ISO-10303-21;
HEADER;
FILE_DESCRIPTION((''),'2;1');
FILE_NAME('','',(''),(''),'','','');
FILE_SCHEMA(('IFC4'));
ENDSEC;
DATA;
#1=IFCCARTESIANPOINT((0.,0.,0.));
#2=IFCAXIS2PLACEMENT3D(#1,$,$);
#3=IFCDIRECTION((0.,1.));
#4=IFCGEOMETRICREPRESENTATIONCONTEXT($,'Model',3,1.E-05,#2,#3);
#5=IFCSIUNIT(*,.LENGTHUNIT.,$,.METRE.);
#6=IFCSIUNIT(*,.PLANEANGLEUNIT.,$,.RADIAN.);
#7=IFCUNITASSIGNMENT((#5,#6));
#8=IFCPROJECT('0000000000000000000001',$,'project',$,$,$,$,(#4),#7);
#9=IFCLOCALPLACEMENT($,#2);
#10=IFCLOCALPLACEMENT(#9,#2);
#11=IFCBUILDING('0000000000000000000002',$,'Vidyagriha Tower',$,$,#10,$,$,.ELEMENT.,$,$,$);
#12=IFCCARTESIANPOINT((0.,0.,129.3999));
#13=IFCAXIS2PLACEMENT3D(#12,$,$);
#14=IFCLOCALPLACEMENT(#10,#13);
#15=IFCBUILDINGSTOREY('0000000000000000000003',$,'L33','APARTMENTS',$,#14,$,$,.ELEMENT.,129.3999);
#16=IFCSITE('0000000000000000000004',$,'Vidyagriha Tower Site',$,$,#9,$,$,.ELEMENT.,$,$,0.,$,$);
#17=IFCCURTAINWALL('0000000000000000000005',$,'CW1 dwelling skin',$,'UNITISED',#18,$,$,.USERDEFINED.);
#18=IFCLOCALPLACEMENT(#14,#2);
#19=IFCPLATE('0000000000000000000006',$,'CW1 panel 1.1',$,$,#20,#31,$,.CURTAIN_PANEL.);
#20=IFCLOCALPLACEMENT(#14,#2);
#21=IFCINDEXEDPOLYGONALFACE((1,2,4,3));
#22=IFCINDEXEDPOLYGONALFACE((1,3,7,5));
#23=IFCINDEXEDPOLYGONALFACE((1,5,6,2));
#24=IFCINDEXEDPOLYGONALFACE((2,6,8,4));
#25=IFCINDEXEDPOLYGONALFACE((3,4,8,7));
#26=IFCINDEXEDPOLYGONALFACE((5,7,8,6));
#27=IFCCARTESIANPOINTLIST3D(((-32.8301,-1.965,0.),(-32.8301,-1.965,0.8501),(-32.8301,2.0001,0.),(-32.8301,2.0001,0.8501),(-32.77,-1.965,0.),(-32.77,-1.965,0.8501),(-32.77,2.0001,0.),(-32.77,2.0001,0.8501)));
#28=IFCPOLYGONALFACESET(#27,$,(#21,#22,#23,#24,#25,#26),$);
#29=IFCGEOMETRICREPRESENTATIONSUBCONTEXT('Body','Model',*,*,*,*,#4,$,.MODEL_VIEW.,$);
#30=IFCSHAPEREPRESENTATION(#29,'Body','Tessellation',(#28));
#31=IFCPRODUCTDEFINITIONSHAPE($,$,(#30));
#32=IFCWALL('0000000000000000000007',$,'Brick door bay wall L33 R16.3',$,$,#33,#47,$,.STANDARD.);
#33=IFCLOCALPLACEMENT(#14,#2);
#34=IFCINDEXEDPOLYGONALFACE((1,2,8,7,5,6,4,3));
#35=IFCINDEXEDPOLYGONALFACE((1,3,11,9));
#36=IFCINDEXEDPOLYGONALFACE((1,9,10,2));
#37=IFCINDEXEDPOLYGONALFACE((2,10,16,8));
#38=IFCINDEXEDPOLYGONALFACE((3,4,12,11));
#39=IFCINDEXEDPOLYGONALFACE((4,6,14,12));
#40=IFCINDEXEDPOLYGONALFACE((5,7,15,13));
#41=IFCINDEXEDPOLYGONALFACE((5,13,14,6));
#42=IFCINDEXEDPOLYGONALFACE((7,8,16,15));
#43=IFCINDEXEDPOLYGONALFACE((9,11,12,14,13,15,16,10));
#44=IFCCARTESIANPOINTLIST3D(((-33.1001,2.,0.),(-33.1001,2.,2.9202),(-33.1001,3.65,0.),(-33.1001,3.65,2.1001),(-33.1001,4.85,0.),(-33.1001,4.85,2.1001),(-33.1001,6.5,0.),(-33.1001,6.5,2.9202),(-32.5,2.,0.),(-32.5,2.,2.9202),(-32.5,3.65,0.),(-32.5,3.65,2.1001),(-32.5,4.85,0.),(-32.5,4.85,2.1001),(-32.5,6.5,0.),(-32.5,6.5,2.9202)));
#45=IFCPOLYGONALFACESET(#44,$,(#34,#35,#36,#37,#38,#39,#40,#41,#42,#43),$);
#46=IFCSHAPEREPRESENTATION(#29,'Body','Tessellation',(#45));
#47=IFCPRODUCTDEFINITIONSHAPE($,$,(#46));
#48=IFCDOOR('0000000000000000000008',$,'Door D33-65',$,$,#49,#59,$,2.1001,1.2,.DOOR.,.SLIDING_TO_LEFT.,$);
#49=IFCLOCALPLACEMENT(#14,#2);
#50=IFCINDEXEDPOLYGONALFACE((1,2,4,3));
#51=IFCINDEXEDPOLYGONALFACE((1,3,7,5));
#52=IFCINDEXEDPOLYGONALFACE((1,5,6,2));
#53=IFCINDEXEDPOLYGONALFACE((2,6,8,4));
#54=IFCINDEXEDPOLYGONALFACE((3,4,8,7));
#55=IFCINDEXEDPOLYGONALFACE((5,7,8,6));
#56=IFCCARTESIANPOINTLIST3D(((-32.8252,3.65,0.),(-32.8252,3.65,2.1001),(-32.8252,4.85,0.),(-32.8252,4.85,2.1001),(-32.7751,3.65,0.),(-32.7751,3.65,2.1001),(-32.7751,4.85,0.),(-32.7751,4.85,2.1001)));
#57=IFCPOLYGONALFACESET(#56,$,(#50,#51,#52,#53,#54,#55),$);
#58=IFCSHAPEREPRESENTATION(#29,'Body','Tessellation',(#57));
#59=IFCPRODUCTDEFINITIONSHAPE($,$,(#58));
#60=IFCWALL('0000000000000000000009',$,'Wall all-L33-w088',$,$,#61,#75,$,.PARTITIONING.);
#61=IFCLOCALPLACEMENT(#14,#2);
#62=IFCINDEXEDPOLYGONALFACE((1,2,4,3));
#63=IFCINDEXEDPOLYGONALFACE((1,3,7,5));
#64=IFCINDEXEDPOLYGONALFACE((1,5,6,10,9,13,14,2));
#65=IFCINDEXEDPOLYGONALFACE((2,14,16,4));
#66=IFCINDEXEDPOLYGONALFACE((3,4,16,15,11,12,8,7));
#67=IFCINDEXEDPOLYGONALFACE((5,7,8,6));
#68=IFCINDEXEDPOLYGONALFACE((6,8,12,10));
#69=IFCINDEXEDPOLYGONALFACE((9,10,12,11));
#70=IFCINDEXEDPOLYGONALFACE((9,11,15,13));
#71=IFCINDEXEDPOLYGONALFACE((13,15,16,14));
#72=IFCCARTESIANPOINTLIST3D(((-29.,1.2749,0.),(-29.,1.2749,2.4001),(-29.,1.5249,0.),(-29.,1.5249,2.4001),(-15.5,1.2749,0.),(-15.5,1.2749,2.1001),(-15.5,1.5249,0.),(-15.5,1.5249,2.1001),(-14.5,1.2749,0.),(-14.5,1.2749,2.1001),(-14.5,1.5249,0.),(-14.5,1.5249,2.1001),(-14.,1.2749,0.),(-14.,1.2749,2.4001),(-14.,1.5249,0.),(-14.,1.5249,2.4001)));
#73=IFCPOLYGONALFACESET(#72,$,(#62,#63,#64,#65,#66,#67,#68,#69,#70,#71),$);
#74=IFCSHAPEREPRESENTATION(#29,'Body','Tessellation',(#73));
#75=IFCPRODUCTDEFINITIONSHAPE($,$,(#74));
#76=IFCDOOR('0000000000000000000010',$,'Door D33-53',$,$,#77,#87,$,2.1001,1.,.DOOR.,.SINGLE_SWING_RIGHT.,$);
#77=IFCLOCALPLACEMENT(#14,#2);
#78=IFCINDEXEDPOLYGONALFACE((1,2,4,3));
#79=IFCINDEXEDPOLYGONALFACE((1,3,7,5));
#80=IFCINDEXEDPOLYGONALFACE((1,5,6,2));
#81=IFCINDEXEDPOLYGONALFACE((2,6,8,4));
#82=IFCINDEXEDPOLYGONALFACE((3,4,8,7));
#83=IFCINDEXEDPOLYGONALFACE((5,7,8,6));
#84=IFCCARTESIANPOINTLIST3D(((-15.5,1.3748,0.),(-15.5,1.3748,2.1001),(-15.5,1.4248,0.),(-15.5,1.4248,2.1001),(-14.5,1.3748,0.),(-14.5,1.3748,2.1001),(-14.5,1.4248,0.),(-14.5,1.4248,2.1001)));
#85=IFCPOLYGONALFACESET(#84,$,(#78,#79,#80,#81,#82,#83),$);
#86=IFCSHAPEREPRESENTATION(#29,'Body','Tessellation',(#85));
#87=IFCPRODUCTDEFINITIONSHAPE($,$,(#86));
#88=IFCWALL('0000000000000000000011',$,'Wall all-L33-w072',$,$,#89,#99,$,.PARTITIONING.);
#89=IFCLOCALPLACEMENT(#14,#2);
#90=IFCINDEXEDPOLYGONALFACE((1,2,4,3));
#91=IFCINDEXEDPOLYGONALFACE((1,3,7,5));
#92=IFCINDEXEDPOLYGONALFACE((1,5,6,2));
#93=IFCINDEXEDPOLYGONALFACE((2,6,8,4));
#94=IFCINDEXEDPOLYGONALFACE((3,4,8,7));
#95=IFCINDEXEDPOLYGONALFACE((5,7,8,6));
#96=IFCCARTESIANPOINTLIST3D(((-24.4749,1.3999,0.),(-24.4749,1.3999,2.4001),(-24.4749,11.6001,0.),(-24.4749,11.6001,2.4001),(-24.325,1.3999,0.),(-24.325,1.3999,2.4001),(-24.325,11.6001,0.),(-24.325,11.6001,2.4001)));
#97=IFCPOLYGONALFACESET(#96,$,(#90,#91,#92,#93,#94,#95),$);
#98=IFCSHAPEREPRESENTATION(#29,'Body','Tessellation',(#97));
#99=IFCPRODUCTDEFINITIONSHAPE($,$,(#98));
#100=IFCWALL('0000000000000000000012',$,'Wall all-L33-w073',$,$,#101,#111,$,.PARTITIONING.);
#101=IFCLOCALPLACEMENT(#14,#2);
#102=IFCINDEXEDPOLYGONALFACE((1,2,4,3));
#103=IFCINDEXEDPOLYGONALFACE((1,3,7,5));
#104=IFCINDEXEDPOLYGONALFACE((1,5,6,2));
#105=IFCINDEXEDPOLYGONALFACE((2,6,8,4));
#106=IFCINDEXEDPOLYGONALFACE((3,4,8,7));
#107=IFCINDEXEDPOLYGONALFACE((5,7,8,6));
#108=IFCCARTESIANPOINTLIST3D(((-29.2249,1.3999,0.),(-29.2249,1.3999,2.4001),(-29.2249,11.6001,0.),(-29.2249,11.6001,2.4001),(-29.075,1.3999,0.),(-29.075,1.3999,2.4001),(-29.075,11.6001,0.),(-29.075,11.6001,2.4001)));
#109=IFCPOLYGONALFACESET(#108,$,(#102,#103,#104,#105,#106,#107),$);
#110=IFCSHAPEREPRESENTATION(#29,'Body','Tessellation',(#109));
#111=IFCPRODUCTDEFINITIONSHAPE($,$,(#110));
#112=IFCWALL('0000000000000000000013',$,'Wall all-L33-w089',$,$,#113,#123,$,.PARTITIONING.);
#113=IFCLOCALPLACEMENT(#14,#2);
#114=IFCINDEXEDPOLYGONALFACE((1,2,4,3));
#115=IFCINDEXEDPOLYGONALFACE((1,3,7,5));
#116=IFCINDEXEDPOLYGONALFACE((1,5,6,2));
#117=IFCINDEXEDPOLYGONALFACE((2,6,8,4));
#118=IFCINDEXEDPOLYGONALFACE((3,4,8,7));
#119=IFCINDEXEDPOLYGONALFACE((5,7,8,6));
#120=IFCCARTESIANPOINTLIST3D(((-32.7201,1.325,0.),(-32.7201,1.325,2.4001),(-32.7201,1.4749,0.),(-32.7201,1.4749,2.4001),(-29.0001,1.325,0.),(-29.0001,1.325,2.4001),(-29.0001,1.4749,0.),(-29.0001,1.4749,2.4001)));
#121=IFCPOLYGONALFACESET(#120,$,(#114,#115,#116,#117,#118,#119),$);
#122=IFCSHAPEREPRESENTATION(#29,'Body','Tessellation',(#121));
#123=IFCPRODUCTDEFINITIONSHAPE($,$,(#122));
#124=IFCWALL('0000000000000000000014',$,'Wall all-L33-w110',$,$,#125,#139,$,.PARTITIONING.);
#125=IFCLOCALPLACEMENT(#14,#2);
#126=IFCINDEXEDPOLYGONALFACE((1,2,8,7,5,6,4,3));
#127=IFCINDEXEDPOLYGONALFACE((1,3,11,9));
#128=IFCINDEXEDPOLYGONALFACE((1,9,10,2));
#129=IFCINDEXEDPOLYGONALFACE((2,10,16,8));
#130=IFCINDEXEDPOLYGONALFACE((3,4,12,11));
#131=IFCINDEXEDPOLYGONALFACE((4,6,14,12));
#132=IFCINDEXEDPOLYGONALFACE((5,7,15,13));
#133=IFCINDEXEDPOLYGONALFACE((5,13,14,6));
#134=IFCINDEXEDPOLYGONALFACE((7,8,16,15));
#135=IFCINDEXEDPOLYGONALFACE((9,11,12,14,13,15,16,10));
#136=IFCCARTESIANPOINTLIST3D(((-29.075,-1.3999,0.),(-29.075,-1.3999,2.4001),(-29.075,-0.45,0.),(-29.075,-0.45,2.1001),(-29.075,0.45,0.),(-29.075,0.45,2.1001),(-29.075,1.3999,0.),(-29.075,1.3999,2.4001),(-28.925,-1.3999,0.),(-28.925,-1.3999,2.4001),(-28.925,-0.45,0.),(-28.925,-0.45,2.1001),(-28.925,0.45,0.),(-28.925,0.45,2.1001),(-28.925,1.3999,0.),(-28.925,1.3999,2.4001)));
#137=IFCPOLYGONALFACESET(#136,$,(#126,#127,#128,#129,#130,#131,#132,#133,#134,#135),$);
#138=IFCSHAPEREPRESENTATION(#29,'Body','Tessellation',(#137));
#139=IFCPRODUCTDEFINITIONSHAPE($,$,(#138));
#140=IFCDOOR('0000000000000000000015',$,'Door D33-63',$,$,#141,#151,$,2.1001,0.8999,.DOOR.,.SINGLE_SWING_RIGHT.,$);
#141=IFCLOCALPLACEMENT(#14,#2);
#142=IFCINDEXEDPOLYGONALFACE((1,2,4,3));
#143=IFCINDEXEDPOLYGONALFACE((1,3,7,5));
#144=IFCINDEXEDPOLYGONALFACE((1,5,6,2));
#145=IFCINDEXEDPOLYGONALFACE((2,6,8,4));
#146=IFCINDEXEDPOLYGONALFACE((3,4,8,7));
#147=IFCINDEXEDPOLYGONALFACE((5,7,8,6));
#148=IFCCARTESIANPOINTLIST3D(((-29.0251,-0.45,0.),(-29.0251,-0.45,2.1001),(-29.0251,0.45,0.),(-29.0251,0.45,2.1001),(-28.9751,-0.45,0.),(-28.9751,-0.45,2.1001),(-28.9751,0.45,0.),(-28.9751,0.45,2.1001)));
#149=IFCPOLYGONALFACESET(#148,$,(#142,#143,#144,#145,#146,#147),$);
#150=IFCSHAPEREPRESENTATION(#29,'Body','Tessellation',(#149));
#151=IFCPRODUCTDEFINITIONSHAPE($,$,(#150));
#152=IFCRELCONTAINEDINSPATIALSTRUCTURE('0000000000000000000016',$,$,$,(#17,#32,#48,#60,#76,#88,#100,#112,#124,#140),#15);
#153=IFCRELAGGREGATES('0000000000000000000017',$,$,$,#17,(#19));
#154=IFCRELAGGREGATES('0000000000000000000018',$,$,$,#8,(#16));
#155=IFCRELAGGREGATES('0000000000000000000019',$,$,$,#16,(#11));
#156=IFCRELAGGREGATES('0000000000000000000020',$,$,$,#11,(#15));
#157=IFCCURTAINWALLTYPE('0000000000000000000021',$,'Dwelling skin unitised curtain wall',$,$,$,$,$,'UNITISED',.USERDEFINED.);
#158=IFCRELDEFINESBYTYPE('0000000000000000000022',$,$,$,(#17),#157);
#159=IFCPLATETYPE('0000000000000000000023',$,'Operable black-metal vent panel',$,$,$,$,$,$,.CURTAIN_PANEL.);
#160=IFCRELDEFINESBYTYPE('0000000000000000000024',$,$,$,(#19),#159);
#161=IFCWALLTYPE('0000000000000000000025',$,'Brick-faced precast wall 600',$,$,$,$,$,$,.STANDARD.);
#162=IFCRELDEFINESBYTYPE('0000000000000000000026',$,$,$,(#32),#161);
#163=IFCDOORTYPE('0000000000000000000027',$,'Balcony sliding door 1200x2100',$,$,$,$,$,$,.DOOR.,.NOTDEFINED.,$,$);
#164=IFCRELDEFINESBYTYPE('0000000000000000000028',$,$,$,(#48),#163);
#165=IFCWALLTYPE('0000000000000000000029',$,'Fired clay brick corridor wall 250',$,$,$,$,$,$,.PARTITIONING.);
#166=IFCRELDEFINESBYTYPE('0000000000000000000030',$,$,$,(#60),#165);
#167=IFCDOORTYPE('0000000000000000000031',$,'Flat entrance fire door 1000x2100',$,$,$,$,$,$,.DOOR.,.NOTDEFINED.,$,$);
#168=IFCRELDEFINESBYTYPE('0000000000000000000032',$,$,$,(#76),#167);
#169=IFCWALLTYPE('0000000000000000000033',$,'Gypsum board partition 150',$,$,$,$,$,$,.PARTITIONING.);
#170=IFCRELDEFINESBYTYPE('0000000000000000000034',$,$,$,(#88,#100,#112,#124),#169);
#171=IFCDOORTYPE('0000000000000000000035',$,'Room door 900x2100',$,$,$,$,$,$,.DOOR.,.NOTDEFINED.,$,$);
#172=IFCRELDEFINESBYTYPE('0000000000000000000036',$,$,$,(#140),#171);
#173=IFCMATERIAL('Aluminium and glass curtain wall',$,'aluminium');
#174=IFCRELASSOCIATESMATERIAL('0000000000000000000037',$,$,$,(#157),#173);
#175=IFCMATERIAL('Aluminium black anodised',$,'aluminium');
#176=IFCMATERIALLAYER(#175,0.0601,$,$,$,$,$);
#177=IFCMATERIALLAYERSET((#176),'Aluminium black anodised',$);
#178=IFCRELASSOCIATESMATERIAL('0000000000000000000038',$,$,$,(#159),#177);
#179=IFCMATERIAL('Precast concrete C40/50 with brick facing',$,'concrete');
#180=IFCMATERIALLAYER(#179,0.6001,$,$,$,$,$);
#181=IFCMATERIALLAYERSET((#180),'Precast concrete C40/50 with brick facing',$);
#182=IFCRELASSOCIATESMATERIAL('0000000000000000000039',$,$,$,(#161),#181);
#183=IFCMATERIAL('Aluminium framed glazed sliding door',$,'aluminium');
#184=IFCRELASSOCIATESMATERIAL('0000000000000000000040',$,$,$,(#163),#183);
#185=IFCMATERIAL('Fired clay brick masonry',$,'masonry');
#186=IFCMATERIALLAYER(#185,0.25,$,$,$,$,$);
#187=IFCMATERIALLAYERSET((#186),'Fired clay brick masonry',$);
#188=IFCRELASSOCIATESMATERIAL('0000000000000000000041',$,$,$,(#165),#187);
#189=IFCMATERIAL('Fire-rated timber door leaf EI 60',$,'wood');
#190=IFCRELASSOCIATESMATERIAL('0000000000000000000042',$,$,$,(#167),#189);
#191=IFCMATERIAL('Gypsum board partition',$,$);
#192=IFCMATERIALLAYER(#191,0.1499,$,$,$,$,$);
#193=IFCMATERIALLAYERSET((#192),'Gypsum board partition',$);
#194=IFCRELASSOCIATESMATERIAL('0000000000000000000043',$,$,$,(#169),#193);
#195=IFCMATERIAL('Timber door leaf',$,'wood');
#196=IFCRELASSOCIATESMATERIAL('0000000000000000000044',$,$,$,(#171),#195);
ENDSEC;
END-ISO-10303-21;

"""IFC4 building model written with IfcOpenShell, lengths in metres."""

from ifc_helpers import new_model, si_unit, direction, frame, frame_2d, origin, origin_2d, place, context, subcontext, project, spatial, rectangle, extrude, material, layer, layer_set, type_object, element, fill, aggregate, save


model = new_model("IFC4")

# Units and contexts
model_context = context("Model", 3, precision=1e-05, world=origin(), true_north=direction((0.0, 1.0)))
body_context = subcontext(model_context, "Body", "Model", "MODEL_VIEW")
ifc_project = project(units=[si_unit("LENGTHUNIT", "METRE"), si_unit("PLANEANGLEUNIT", "RADIAN")], contexts=[model_context])

# Site, building, storey
site_placement = place(None, origin())
site = spatial("IfcSite", under=ifc_project, at=site_placement, Name="Vidyagriha Tower Site", CompositionType="ELEMENT", RefElevation=0.0)
building_placement = place(site_placement, origin())
building = spatial("IfcBuilding", under=site, at=building_placement, Name="Vidyagriha Tower", CompositionType="ELEMENT")
storey_placement = place(building_placement, frame((0.0, 0.0, 129.3999)))
storey = spatial("IfcBuildingStorey", under=building, at=storey_placement, Name="L33", Description="APARTMENTS", CompositionType="ELEMENT", Elevation=129.3999)

# Shared definitions
ifc_material_1 = material(Name="Aluminium and glass curtain wall", Category="aluminium")
curtain_wall_type = type_object("IfcCurtainWallType", Name="Dwelling skin unitised curtain wall", ElementType="UNITISED", PredefinedType="USERDEFINED", material=ifc_material_1)

# Curtain wall
curtain_wall_1_placement = place(storey_placement, origin())
curtain_wall_1 = element("IfcCurtainWall", 1, at=curtain_wall_1_placement, inside=storey, type_object=curtain_wall_type, Name="CW1 dwelling skin", ObjectType="UNITISED", PredefinedType="USERDEFINED")

# Plate
ifc_material_2 = material(Name="Aluminium black anodised", Category="aluminium")
ifc_layer_1 = layer(ifc_material_2, 0.0601)
ifc_layer_set_1 = layer_set([ifc_layer_1], Name="Aluminium black anodised")
plate_type_1 = type_object("IfcPlateType", Name="Operable black-metal vent panel", PredefinedType="CURTAIN_PANEL", material=ifc_layer_set_1)
plate_1_placement = place(storey_placement, frame((-32.8, 0.0176, 0.0), z_axis=(0.0, 0.0, 1.0), x_axis=(0.0, -1.0, 0.0)))
plate_1 = element("IfcPlate", 2, at=plate_1_placement, type_object=plate_type_1, Name="CW1 panel 1.1", PredefinedType="CURTAIN_PANEL", context=body_context, shape_type="SweptSolid", body=[
    extrude(rectangle(XDim=3.9651, YDim=0.0601, at=origin_2d()), origin(), (0.0, 0.0, 1.0), 0.8501),
])
aggregate(curtain_wall_1, [plate_1])

# Walls, openings, doors
ifc_material_3 = material(Name="Precast concrete C40/50 with brick facing", Category="concrete")
ifc_layer_2 = layer(ifc_material_3, 0.6001)
ifc_layer_set_2 = layer_set([ifc_layer_2], Name="Precast concrete C40/50 with brick facing")
wall_type_1 = type_object("IfcWallType", Name="Brick-faced precast wall 600", PredefinedType="STANDARD", material=ifc_layer_set_2)
wall_1_placement = place(storey_placement, frame((-32.8, 6.5, 0.0), z_axis=(0.0, 0.0, 1.0), x_axis=(0.0, -1.0, 0.0)))
wall_1 = element("IfcWall", 3, at=wall_1_placement, inside=storey, type_object=wall_type_1, Name="Brick door bay wall L33 R16.3", PredefinedType="STANDARD", context=body_context, shape_type="SweptSolid", body=[
    extrude(rectangle(XDim=4.5, YDim=0.6001, at=frame_2d((2.25, 0.0))), origin(), (0.0, 0.0, 1.0), 2.9202),
])
opening_1_placement = place(wall_1_placement, frame((1.6499, 0.0, 0.0)))
opening_1 = element("IfcOpeningElement", 4, at=opening_1_placement, cuts=wall_1, PredefinedType="OPENING", context=body_context, shape_type="SweptSolid", body=[
    extrude(rectangle(XDim=1.2, YDim=2.1001, at=frame_2d((0.6001, 1.05))), frame((0.0, 0.3101, 0.0), z_axis=(0.0, -1.0, 0.0), x_axis=(1.0, 0.0, 0.0)), (0.0, 0.0, 1.0), 0.6201),
])
ifc_material_4 = material(Name="Aluminium framed glazed sliding door", Category="aluminium")
door_type_1 = type_object("IfcDoorType", Name="Balcony sliding door 1200x2100", OperationType="NOTDEFINED", PredefinedType="DOOR", material=ifc_material_4)
door_1_placement = place(opening_1_placement, origin())
door_1 = element("IfcDoor", 5, at=door_1_placement, inside=storey, type_object=door_type_1, Name="Door D33-65", OperationType="SLIDING_TO_LEFT", OverallHeight=2.1001, OverallWidth=1.2, PredefinedType="DOOR", context=body_context, shape_type="SweptSolid", body=[
    extrude(rectangle(XDim=1.2, YDim=2.1001, at=frame_2d((0.6001, 1.05))), frame((0.0, 0.0249, 0.0), z_axis=(0.0, -1.0, 0.0), x_axis=(1.0, 0.0, 0.0)), (0.0, 0.0, 1.0), 0.05),
])
fill(opening_1, door_1)
ifc_material_5 = material(Name="Fired clay brick masonry", Category="masonry")
ifc_layer_3 = layer(ifc_material_5, 0.25)
ifc_layer_set_3 = layer_set([ifc_layer_3], Name="Fired clay brick masonry")
wall_type_2 = type_object("IfcWallType", Name="Fired clay brick corridor wall 250", PredefinedType="PARTITIONING", material=ifc_layer_set_3)
wall_2_placement = place(storey_placement, frame((-29.0, 1.3999, 0.0)))
wall_2 = element("IfcWall", 6, at=wall_2_placement, inside=storey, type_object=wall_type_2, Name="Wall all-L33-w088", PredefinedType="PARTITIONING", context=body_context, shape_type="SweptSolid", body=[
    extrude(rectangle(XDim=15.0, YDim=0.25, at=frame_2d((7.5, 0.0))), origin(), (0.0, 0.0, 1.0), 2.4001),
])
opening_2_placement = place(wall_2_placement, frame((13.5, 0.0, 0.0)))
opening_2 = element("IfcOpeningElement", 7, at=opening_2_placement, cuts=wall_2, PredefinedType="OPENING", context=body_context, shape_type="SweptSolid", body=[
    extrude(rectangle(XDim=1.0, YDim=2.1001, at=frame_2d((0.5, 1.05))), frame((0.0, 0.135, 0.0), z_axis=(0.0, -1.0, 0.0), x_axis=(1.0, 0.0, 0.0)), (0.0, 0.0, 1.0), 0.27),
])
ifc_material_6 = material(Name="Fire-rated timber door leaf EI 60", Category="wood")
door_type_2 = type_object("IfcDoorType", Name="Flat entrance fire door 1000x2100", OperationType="NOTDEFINED", PredefinedType="DOOR", material=ifc_material_6)
door_2_placement = place(opening_2_placement, origin())
door_2 = element("IfcDoor", 8, at=door_2_placement, inside=storey, type_object=door_type_2, Name="Door D33-53", OperationType="SINGLE_SWING_RIGHT", OverallHeight=2.1001, OverallWidth=1.0, PredefinedType="DOOR", context=body_context, shape_type="SweptSolid", body=[
    extrude(rectangle(XDim=1.0, YDim=2.1001, at=frame_2d((0.5, 1.05))), frame((0.0, 0.0249, 0.0), z_axis=(0.0, -1.0, 0.0), x_axis=(1.0, 0.0, 0.0)), (0.0, 0.0, 1.0), 0.05),
])
fill(opening_2, door_2)

# Walls
ifc_material_7 = material(Name="Gypsum board partition")
ifc_layer_4 = layer(ifc_material_7, 0.1499)
ifc_layer_set_4 = layer_set([ifc_layer_4], Name="Gypsum board partition")
wall_type_3 = type_object("IfcWallType", Name="Gypsum board partition 150", PredefinedType="PARTITIONING", material=ifc_layer_set_4)
for number, where, z_axis, x_axis, name in (
    (9, (-24.3999, 1.3999, 0.0), (0.0, 0.0, 1.0), (0.0, 1.0, 0.0), "Wall all-L33-w072"),
    (10, (-29.1499, 1.3999, 0.0), (0.0, 0.0, 1.0), (0.0, 1.0, 0.0), "Wall all-L33-w073"),
):
    element("IfcWall", number, at=place(storey_placement, frame(where, z_axis=z_axis, x_axis=x_axis)), inside=storey, type_object=wall_type_3, Name=name, PredefinedType="PARTITIONING", context=body_context, shape_type="SweptSolid", body=[
        extrude(rectangle(XDim=10.2002, YDim=0.1499, at=frame_2d((5.1001, 0.0))), origin(), (0.0, 0.0, 1.0), 2.4001),
    ])
wall_3_placement = place(storey_placement, frame((-32.72, 1.3999, 0.0)))
element("IfcWall", 11, at=wall_3_placement, inside=storey, type_object=wall_type_3, Name="Wall all-L33-w089", PredefinedType="PARTITIONING", context=body_context, shape_type="SweptSolid", body=[
    extrude(rectangle(XDim=3.72, YDim=0.1499, at=frame_2d((1.8599, 0.0))), origin(), (0.0, 0.0, 1.0), 2.4001),
])

# Wall, opening, door
wall_4_placement = place(storey_placement, frame((-29.0, 1.3999, 0.0), z_axis=(0.0, 0.0, 1.0), x_axis=(0.0, -1.0, 0.0)))
wall_4 = element("IfcWall", 12, at=wall_4_placement, inside=storey, type_object=wall_type_3, Name="Wall all-L33-w110", PredefinedType="PARTITIONING", context=body_context, shape_type="SweptSolid", body=[
    extrude(rectangle(XDim=2.7998, YDim=0.1499, at=frame_2d((1.3999, 0.0))), origin(), (0.0, 0.0, 1.0), 2.4001),
])
opening_3_placement = place(wall_4_placement, frame((0.95, 0.0, 0.0)))
opening_3 = element("IfcOpeningElement", 13, at=opening_3_placement, cuts=wall_4, PredefinedType="OPENING", context=body_context, shape_type="SweptSolid", body=[
    extrude(rectangle(XDim=0.8999, YDim=2.1001, at=frame_2d((0.45, 1.05))), frame((0.0, 0.085, 0.0), z_axis=(0.0, -1.0, 0.0), x_axis=(1.0, 0.0, 0.0)), (0.0, 0.0, 1.0), 0.1699),
])
ifc_material_8 = material(Name="Timber door leaf", Category="wood")
door_type_3 = type_object("IfcDoorType", Name="Room door 900x2100", OperationType="NOTDEFINED", PredefinedType="DOOR", material=ifc_material_8)
door_3_placement = place(opening_3_placement, origin())
door_3 = element("IfcDoor", 14, at=door_3_placement, inside=storey, type_object=door_type_3, Name="Door D33-63", OperationType="SINGLE_SWING_RIGHT", OverallHeight=2.1001, OverallWidth=0.8999, PredefinedType="DOOR", context=body_context, shape_type="SweptSolid", body=[
    extrude(rectangle(XDim=0.8999, YDim=2.1001, at=frame_2d((0.45, 1.05))), frame((0.0, 0.0249, 0.0), z_axis=(0.0, -1.0, 0.0), x_axis=(1.0, 0.0, 0.0)), (0.0, 0.0, 1.0), 0.05),
])
fill(opening_3, door_3)

save(model, "model.ifc")
